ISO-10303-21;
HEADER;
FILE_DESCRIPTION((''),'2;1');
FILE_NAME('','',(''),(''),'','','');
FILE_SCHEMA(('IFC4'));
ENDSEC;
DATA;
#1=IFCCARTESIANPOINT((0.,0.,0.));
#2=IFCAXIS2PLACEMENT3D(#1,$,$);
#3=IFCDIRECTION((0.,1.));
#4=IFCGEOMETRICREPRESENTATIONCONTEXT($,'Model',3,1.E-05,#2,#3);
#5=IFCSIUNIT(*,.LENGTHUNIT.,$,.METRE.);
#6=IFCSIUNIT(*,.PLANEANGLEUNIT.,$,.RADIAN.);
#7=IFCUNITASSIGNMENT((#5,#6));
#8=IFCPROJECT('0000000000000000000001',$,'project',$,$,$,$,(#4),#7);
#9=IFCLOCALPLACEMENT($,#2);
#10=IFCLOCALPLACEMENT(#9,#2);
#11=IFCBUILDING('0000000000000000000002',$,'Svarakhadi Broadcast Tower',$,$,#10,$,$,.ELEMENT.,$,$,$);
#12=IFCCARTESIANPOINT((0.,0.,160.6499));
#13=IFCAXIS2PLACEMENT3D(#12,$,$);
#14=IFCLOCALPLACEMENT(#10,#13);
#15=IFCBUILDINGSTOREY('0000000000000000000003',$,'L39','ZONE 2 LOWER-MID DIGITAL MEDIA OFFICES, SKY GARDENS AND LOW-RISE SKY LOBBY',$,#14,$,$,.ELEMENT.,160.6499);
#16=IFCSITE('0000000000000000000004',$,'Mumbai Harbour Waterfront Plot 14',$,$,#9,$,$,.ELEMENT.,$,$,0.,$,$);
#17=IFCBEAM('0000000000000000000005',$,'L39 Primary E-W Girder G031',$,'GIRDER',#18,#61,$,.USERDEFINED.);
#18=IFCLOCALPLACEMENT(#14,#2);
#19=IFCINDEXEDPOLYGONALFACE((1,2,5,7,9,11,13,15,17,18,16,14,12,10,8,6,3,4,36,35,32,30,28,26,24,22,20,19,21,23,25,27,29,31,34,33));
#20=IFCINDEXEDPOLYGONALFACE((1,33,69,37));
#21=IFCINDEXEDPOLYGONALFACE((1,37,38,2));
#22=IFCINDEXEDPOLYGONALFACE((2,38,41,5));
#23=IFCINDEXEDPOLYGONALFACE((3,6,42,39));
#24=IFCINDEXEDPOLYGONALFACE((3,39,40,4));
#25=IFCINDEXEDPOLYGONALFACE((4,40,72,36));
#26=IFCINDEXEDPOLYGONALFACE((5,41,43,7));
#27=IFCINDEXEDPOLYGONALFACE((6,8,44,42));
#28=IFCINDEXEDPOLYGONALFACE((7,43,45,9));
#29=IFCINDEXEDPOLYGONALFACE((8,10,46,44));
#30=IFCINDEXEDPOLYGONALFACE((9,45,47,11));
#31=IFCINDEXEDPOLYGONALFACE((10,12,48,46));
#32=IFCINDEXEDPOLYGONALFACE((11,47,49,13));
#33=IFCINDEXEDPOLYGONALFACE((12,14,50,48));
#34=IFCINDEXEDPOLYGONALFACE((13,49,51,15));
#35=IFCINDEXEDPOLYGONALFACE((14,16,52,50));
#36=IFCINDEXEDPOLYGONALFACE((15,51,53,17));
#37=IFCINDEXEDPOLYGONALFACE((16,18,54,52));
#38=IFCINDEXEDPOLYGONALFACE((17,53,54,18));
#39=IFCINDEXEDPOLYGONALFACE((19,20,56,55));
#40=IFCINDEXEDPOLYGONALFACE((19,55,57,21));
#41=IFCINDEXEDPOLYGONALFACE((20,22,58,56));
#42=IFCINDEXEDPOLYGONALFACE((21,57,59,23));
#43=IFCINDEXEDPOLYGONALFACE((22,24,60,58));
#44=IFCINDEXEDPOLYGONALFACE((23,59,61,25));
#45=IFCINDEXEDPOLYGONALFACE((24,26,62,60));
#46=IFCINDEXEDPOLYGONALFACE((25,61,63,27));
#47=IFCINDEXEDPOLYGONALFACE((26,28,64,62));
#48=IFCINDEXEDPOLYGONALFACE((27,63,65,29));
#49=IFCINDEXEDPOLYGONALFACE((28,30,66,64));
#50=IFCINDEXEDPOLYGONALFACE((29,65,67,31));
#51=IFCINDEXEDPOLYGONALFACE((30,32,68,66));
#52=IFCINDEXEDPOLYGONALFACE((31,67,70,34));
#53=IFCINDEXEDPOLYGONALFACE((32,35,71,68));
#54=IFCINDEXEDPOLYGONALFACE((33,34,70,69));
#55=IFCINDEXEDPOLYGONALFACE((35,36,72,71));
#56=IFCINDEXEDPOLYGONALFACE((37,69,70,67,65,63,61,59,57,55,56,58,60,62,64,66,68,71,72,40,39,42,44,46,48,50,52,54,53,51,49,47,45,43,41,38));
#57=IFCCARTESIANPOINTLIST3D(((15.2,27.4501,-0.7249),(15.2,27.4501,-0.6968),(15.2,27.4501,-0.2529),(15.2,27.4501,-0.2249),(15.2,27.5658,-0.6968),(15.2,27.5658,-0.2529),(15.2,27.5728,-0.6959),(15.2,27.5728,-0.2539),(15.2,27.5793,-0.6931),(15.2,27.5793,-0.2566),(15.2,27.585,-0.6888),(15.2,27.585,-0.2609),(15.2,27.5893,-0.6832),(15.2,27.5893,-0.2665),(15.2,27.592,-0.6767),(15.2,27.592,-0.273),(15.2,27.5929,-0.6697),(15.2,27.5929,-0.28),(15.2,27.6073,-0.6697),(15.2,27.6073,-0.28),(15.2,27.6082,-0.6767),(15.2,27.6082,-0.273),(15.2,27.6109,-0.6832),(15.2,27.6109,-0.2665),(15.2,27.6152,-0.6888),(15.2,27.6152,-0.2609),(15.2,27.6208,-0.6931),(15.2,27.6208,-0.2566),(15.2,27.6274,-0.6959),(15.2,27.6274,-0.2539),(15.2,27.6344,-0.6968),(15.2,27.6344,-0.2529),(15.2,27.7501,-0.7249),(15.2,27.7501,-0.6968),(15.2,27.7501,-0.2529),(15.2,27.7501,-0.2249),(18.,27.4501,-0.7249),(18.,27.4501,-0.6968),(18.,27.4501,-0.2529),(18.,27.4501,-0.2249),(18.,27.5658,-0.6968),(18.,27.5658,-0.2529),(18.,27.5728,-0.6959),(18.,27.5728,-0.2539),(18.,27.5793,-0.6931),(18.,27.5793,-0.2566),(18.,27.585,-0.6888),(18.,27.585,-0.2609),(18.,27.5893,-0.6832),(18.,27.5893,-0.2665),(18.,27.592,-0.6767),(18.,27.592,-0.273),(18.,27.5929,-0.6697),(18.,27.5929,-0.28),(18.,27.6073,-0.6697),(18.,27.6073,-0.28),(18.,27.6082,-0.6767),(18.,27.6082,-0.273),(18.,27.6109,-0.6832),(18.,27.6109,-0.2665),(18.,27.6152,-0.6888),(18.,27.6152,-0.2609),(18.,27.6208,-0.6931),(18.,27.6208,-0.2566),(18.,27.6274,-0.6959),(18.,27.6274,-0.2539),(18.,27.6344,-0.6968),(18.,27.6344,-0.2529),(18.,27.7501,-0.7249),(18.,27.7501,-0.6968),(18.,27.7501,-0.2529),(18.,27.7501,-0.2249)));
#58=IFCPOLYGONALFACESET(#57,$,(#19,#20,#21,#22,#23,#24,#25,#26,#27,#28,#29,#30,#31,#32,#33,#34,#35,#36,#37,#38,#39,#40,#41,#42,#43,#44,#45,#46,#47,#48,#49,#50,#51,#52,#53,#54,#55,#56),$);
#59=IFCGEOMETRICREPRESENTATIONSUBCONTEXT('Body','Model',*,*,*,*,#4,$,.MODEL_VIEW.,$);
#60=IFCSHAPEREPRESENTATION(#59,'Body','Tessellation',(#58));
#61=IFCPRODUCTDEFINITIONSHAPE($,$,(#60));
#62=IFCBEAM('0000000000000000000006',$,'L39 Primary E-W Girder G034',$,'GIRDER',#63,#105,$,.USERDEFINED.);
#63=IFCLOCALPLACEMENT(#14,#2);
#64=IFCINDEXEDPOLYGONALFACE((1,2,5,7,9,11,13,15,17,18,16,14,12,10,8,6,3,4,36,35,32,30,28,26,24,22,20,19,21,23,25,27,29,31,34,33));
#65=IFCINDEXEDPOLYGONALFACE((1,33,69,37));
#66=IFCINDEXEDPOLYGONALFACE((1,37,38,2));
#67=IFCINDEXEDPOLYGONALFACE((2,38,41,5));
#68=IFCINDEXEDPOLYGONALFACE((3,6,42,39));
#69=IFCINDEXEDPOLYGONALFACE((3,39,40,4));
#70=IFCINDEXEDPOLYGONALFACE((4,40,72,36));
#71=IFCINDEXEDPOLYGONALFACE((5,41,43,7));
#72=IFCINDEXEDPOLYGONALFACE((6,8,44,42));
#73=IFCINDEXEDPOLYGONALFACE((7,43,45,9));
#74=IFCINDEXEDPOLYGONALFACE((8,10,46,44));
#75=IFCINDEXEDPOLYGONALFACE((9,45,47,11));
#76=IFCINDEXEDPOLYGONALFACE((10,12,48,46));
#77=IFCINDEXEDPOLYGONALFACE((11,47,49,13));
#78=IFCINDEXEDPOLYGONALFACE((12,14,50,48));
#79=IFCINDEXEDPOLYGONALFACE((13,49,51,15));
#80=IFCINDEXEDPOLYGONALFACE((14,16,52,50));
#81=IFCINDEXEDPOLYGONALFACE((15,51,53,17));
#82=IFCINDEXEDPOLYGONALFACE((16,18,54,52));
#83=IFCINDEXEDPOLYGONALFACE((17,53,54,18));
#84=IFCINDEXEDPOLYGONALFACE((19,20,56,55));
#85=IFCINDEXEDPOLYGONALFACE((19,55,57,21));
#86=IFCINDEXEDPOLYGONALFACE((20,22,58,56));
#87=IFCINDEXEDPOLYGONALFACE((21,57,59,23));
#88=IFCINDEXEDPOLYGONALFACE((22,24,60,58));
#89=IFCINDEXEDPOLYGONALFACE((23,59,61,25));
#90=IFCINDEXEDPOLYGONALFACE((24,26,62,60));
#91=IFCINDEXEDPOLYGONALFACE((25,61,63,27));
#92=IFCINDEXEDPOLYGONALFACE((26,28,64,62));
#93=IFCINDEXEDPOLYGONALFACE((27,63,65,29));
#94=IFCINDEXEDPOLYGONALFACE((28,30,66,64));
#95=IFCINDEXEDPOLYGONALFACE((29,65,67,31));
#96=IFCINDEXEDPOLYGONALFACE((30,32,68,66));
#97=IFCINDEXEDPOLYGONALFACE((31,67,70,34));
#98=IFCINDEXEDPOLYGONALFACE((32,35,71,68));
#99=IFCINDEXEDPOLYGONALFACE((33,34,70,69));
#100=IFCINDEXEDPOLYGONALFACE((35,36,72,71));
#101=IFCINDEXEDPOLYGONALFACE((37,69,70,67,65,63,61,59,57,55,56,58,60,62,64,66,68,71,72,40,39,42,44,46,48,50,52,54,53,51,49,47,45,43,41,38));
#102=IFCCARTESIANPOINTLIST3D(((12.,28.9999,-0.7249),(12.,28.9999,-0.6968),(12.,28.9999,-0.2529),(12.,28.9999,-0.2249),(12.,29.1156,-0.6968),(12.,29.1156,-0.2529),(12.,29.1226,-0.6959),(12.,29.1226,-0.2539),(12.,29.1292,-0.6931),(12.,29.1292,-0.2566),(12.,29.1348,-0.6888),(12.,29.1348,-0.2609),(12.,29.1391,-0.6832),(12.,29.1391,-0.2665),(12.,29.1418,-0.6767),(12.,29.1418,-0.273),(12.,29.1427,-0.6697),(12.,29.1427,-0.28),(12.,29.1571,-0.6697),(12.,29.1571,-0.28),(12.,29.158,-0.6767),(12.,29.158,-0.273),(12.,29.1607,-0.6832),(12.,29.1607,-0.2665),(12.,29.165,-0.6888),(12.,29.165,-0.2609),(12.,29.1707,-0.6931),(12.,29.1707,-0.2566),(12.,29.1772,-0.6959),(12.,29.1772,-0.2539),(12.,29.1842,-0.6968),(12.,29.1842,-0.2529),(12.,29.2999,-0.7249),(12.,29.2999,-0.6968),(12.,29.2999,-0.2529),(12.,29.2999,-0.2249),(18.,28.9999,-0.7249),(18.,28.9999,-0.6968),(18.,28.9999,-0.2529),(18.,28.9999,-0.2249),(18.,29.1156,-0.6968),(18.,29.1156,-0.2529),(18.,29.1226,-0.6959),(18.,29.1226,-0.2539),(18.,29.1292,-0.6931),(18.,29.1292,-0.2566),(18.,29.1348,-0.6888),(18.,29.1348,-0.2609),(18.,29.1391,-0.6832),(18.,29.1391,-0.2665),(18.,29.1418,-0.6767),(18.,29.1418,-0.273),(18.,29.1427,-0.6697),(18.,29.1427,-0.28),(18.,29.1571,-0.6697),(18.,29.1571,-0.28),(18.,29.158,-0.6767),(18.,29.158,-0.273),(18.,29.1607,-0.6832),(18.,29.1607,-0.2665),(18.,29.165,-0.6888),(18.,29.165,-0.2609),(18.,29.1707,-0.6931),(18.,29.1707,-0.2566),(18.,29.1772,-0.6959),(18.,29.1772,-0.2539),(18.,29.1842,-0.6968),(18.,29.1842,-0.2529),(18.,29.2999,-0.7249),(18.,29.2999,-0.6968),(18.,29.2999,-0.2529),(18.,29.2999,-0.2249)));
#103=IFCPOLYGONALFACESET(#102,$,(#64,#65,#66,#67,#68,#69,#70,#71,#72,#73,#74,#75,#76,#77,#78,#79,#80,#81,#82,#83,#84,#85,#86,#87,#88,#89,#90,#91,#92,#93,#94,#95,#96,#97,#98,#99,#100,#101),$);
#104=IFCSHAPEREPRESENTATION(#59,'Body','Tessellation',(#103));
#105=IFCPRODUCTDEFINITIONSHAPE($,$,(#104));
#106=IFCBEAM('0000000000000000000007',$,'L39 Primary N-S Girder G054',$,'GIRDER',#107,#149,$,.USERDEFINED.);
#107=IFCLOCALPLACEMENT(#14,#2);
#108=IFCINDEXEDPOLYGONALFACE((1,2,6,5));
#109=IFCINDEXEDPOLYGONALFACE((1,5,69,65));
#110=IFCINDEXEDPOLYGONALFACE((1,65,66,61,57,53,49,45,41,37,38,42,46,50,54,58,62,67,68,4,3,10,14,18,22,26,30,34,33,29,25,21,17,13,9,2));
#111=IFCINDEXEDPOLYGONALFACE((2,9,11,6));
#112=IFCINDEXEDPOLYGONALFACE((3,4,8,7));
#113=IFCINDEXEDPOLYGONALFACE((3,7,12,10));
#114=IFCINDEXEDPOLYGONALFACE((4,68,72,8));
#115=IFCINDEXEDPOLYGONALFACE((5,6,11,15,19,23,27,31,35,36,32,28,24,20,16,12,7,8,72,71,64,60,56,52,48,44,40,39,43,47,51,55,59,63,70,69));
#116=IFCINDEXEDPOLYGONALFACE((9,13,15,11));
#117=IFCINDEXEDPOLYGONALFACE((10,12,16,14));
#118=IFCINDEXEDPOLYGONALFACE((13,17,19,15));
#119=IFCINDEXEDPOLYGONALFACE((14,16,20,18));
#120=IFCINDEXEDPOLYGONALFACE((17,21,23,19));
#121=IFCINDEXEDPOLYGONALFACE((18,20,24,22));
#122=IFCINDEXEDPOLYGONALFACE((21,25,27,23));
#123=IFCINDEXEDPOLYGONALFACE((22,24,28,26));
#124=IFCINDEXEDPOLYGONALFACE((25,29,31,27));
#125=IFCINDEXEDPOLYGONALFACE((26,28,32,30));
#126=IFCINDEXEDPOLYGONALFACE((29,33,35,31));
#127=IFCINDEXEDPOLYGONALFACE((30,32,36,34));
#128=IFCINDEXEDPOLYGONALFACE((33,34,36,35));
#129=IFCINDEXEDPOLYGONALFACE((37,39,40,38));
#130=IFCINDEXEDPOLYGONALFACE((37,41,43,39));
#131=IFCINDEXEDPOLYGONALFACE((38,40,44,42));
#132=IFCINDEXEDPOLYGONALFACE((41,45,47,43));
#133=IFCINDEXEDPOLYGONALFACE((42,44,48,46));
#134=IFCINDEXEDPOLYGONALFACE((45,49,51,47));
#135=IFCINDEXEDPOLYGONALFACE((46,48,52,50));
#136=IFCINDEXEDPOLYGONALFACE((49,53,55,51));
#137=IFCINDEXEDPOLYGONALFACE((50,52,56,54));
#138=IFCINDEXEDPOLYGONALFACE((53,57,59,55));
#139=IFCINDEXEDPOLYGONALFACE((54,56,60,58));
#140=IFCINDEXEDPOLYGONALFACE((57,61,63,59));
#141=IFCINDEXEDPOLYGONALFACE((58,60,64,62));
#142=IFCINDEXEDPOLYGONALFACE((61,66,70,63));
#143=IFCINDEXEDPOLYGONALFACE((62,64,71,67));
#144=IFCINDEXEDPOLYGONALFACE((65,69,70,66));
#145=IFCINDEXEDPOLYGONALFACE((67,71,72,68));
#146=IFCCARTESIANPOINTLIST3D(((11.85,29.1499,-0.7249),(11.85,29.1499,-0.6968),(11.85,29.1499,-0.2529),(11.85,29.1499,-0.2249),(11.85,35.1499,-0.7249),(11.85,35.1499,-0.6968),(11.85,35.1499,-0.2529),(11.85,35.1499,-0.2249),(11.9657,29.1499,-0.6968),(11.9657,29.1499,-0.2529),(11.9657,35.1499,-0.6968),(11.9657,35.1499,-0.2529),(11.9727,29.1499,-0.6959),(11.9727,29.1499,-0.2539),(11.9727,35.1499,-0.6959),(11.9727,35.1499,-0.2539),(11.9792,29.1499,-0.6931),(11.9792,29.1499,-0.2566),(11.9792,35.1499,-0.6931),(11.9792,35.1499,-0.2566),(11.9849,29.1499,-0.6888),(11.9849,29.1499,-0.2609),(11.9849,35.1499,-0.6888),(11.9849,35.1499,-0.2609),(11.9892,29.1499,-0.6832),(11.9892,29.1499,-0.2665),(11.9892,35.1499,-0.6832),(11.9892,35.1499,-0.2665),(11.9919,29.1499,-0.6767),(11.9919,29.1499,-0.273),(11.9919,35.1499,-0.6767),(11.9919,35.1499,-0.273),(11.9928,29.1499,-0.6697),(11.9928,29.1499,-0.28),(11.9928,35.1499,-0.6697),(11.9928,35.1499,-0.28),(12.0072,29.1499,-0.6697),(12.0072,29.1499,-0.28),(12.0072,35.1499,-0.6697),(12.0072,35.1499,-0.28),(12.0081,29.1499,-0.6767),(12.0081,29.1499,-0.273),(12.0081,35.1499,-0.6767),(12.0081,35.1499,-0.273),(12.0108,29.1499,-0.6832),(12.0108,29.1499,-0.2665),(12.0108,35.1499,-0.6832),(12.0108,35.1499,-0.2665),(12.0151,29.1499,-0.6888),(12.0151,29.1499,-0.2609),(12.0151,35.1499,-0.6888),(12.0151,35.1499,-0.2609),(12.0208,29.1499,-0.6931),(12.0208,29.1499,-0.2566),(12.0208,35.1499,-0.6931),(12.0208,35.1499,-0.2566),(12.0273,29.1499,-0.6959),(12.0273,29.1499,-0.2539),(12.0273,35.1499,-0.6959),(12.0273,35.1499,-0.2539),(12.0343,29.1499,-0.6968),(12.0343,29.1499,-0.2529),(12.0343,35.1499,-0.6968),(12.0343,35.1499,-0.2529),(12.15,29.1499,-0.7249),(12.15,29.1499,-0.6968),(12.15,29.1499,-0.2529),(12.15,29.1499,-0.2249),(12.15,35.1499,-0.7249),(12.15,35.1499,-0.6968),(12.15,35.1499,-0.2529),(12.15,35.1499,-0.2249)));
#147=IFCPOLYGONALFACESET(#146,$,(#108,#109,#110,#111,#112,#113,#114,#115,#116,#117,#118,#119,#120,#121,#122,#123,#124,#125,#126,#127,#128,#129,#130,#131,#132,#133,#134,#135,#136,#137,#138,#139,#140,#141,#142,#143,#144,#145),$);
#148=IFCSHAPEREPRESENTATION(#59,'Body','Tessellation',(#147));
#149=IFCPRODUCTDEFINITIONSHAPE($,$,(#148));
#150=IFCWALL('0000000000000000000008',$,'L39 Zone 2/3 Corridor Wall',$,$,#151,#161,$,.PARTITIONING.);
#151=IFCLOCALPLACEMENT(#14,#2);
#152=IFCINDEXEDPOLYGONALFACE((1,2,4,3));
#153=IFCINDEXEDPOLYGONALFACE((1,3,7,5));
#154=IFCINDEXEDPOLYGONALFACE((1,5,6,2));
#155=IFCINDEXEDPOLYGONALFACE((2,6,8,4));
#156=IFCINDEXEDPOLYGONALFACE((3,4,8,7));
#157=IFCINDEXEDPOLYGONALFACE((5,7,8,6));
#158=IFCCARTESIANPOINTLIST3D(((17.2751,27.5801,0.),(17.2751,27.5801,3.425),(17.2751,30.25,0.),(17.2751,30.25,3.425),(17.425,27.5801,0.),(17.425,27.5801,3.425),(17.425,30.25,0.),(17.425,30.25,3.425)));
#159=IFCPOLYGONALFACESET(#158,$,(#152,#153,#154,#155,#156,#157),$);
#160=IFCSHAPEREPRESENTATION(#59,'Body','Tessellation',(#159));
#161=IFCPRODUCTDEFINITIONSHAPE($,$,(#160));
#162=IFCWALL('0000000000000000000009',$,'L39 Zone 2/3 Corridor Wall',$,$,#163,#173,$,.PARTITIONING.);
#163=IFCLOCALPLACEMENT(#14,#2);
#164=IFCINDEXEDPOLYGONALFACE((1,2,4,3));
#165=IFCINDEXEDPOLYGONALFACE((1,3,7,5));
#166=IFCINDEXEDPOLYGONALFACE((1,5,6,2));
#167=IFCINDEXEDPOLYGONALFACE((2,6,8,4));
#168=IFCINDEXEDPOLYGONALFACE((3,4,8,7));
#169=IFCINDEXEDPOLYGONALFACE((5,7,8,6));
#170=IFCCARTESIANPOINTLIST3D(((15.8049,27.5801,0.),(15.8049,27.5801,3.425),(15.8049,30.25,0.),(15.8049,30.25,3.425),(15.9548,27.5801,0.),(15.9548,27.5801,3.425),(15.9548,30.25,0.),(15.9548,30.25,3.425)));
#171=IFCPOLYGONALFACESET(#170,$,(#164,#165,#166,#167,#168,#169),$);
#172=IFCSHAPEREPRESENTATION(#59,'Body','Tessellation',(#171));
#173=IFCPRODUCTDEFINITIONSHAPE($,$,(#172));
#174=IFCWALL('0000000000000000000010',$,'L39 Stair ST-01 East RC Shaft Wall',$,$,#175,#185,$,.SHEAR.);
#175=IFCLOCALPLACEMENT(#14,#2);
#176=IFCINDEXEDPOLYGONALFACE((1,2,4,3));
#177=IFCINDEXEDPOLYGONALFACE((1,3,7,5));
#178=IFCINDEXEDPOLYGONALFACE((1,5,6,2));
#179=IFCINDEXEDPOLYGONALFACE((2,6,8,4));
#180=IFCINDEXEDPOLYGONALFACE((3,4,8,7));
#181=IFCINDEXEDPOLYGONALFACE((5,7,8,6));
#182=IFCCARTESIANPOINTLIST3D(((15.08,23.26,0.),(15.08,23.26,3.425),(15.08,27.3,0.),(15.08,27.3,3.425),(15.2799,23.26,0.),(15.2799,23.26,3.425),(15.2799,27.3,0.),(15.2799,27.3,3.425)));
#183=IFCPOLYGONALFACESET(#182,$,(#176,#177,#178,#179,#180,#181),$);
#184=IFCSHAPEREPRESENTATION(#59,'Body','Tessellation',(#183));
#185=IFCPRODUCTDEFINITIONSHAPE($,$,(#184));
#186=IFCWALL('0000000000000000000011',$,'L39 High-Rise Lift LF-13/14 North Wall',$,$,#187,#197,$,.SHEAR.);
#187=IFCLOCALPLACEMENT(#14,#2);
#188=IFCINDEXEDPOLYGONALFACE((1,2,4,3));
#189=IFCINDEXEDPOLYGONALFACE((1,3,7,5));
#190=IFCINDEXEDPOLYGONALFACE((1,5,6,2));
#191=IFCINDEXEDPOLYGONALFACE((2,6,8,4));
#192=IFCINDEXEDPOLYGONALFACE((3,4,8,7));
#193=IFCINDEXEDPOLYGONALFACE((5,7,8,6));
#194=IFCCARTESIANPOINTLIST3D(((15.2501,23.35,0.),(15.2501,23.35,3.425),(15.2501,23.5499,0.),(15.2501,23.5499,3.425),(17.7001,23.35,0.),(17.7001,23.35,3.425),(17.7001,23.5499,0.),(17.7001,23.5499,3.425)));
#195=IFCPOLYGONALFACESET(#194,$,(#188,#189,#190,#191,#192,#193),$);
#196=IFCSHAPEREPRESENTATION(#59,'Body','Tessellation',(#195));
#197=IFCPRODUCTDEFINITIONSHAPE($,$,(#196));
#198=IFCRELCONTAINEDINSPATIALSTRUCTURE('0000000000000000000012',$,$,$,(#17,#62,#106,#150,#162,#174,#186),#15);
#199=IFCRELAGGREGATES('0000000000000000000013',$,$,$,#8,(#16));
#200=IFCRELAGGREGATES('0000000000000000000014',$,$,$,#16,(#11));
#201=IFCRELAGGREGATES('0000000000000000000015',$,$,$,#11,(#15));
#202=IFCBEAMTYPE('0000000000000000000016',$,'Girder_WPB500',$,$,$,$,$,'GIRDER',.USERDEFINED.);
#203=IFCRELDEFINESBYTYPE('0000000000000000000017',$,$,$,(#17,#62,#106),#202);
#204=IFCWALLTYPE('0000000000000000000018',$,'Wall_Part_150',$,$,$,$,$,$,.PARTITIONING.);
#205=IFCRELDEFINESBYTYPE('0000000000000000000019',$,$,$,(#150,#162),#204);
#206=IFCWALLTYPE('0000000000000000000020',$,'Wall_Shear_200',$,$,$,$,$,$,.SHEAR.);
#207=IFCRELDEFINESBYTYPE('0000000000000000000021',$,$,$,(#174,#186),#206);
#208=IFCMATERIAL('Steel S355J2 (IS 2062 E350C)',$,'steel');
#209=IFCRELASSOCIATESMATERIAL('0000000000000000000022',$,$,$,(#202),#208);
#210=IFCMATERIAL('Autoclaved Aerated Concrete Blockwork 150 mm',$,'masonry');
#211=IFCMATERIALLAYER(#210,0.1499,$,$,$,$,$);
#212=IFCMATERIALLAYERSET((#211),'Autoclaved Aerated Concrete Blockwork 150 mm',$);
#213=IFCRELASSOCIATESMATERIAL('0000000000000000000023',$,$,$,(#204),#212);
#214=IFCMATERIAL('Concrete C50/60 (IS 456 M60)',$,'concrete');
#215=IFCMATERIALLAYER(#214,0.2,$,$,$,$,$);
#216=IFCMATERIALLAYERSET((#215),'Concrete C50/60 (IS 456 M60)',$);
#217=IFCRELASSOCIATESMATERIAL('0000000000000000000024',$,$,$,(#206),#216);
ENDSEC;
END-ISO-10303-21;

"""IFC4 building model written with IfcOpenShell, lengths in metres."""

from ifc_helpers import new_model, si_unit, direction, frame, frame_2d, origin, origin_2d, place, context, subcontext, project, spatial, rectangle, i_section, extrude, material, layer, layer_set, material_profile, profile_set, type_object, element, save


model = new_model("IFC4")

# Units and contexts
model_context = context("Model", 3, precision=1e-05, world=origin(), true_north=direction((0.0, 1.0)))
body_context = subcontext(model_context, "Body", "Model", "MODEL_VIEW")
ifc_project = project(units=[si_unit("LENGTHUNIT", "METRE"), si_unit("PLANEANGLEUNIT", "RADIAN")], contexts=[model_context])

# Site, building, storey
site_placement = place(None, origin())
site = spatial("IfcSite", under=ifc_project, at=site_placement, Name="Mumbai Harbour Waterfront Plot 14", CompositionType="ELEMENT", RefElevation=0.0)
building_placement = place(site_placement, origin())
building = spatial("IfcBuilding", under=site, at=building_placement, Name="Svarakhadi Broadcast Tower", CompositionType="ELEMENT")
storey_placement = place(building_placement, frame((0.0, 0.0, 160.6499)))
storey = spatial("IfcBuildingStorey", under=building, at=storey_placement, Name="L39", Description="ZONE 2 LOWER-MID DIGITAL MEDIA OFFICES, SKY GARDENS AND LOW-RISE SKY LOBBY", CompositionType="ELEMENT", Elevation=160.6499)

# Shared definitions
ifc_material_1 = material(Name="Concrete C50/60 (IS 456 M60)", Category="concrete")

# Beams
ifc_material_2 = material(Name="Steel S355J2 (IS 2062 E350C)", Category="steel")
ifc_material_profile_1 = material_profile(ifc_material_2, i_section(OverallWidth=0.3, OverallDepth=0.5, WebThickness=0.0144, FlangeThickness=0.0281, FilletRadius=0.0271, at=origin_2d()), Name="WPB 500x300x187")
ifc_profile_set_1 = profile_set([ifc_material_profile_1], Name="Steel S355J2 (IS 2062 E350C)")
beam_type_1 = type_object("IfcBeamType", Name="Girder_WPB500", ElementType="GIRDER", PredefinedType="USERDEFINED", material=ifc_profile_set_1)
beam_1_placement = place(storey_placement, frame((15.2, 27.6001, -0.4749), z_axis=(1.0, 0.0, 0.0), x_axis=(0.0, 1.0, 0.0)))
element("IfcBeam", 1, at=beam_1_placement, inside=storey, type_object=beam_type_1, Name="L39 Primary E-W Girder G031", ObjectType="GIRDER", PredefinedType="USERDEFINED", context=body_context, shape_type="SweptSolid", body=[
    extrude(i_section(OverallWidth=0.3, OverallDepth=0.5, WebThickness=0.0144, FlangeThickness=0.0281, FilletRadius=0.0271, at=origin_2d()), origin(), (0.0, 0.0, 1.0), 2.8),
])
for number, where, z_axis, x_axis, name in (
    (2, (12.0, 29.1499, -0.4749), (1.0, 0.0, 0.0), (0.0, 1.0, 0.0), "L39 Primary E-W Girder G034"),
    (3, (12.0, 29.1499, -0.4749), (0.0, 1.0, 0.0), (-1.0, 0.0, 0.0), "L39 Primary N-S Girder G054"),
):
    element("IfcBeam", number, at=place(storey_placement, frame(where, z_axis=z_axis, x_axis=x_axis)), inside=storey, type_object=beam_type_1, Name=name, ObjectType="GIRDER", PredefinedType="USERDEFINED", context=body_context, shape_type="SweptSolid", body=[
        extrude(i_section(OverallWidth=0.3, OverallDepth=0.5, WebThickness=0.0144, FlangeThickness=0.0281, FilletRadius=0.0271, at=origin_2d()), origin(), (0.0, 0.0, 1.0), 6.0),
    ])

# Shared definitions
ifc_material_3 = material(Name="Autoclaved Aerated Concrete Blockwork 150 mm", Category="masonry")
ifc_layer_1 = layer(ifc_material_3, 0.1499)
ifc_layer_set_1 = layer_set([ifc_layer_1], Name="Autoclaved Aerated Concrete Blockwork 150 mm")
wall_type_1 = type_object("IfcWallType", Name="Wall_Part_150", PredefinedType="PARTITIONING", material=ifc_layer_set_1)

# Walls
for number, where, z_axis, x_axis, name in (
    (4, (17.3501, 30.25, 0.0), (0.0, 0.0, 1.0), (0.0, -1.0, 0.0), "L39 Zone 2/3 Corridor Wall"),
    (5, (15.8799, 27.5801, 0.0), (0.0, 0.0, 1.0), (0.0, 1.0, 0.0), "L39 Zone 2/3 Corridor Wall"),
):
    element("IfcWall", number, at=place(storey_placement, frame(where, z_axis=z_axis, x_axis=x_axis)), inside=storey, type_object=wall_type_1, Name=name, PredefinedType="PARTITIONING", context=body_context, shape_type="SweptSolid", body=[
        extrude(rectangle(XDim=2.6699, YDim=0.1499, at=frame_2d((1.335, 0.0))), origin(), (0.0, 0.0, 1.0), 3.425),
    ])

# Walls
ifc_layer_2 = layer(ifc_material_1, 0.2)
ifc_layer_set_2 = layer_set([ifc_layer_2], Name="Concrete C50/60 (IS 456 M60)")
wall_type_2 = type_object("IfcWallType", Name="Wall_Shear_200", PredefinedType="SHEAR", material=ifc_layer_set_2)
wall_1_placement = place(storey_placement, frame((15.1799, 23.26, 0.0), z_axis=(0.0, 0.0, 1.0), x_axis=(0.0, 1.0, 0.0)))
element("IfcWall", 6, at=wall_1_placement, inside=storey, type_object=wall_type_2, Name="L39 Stair ST-01 East RC Shaft Wall", PredefinedType="SHEAR", context=body_context, shape_type="SweptSolid", body=[
    extrude(rectangle(XDim=4.04, YDim=0.2, at=frame_2d((2.02, 0.0))), origin(), (0.0, 0.0, 1.0), 3.425),
])
wall_2_placement = place(storey_placement, frame((15.25, 23.45, 0.0), z_axis=(0.0, 0.0, 1.0), x_axis=(1.0, 0.0, 0.0)))
element("IfcWall", 7, at=wall_2_placement, inside=storey, type_object=wall_type_2, Name="L39 High-Rise Lift LF-13/14 North Wall", PredefinedType="SHEAR", context=body_context, shape_type="SweptSolid", body=[
    extrude(rectangle(XDim=2.45, YDim=0.2, at=frame_2d((1.2251, 0.0))), origin(), (0.0, 0.0, 1.0), 3.425),
])

save(model, "model.ifc")
